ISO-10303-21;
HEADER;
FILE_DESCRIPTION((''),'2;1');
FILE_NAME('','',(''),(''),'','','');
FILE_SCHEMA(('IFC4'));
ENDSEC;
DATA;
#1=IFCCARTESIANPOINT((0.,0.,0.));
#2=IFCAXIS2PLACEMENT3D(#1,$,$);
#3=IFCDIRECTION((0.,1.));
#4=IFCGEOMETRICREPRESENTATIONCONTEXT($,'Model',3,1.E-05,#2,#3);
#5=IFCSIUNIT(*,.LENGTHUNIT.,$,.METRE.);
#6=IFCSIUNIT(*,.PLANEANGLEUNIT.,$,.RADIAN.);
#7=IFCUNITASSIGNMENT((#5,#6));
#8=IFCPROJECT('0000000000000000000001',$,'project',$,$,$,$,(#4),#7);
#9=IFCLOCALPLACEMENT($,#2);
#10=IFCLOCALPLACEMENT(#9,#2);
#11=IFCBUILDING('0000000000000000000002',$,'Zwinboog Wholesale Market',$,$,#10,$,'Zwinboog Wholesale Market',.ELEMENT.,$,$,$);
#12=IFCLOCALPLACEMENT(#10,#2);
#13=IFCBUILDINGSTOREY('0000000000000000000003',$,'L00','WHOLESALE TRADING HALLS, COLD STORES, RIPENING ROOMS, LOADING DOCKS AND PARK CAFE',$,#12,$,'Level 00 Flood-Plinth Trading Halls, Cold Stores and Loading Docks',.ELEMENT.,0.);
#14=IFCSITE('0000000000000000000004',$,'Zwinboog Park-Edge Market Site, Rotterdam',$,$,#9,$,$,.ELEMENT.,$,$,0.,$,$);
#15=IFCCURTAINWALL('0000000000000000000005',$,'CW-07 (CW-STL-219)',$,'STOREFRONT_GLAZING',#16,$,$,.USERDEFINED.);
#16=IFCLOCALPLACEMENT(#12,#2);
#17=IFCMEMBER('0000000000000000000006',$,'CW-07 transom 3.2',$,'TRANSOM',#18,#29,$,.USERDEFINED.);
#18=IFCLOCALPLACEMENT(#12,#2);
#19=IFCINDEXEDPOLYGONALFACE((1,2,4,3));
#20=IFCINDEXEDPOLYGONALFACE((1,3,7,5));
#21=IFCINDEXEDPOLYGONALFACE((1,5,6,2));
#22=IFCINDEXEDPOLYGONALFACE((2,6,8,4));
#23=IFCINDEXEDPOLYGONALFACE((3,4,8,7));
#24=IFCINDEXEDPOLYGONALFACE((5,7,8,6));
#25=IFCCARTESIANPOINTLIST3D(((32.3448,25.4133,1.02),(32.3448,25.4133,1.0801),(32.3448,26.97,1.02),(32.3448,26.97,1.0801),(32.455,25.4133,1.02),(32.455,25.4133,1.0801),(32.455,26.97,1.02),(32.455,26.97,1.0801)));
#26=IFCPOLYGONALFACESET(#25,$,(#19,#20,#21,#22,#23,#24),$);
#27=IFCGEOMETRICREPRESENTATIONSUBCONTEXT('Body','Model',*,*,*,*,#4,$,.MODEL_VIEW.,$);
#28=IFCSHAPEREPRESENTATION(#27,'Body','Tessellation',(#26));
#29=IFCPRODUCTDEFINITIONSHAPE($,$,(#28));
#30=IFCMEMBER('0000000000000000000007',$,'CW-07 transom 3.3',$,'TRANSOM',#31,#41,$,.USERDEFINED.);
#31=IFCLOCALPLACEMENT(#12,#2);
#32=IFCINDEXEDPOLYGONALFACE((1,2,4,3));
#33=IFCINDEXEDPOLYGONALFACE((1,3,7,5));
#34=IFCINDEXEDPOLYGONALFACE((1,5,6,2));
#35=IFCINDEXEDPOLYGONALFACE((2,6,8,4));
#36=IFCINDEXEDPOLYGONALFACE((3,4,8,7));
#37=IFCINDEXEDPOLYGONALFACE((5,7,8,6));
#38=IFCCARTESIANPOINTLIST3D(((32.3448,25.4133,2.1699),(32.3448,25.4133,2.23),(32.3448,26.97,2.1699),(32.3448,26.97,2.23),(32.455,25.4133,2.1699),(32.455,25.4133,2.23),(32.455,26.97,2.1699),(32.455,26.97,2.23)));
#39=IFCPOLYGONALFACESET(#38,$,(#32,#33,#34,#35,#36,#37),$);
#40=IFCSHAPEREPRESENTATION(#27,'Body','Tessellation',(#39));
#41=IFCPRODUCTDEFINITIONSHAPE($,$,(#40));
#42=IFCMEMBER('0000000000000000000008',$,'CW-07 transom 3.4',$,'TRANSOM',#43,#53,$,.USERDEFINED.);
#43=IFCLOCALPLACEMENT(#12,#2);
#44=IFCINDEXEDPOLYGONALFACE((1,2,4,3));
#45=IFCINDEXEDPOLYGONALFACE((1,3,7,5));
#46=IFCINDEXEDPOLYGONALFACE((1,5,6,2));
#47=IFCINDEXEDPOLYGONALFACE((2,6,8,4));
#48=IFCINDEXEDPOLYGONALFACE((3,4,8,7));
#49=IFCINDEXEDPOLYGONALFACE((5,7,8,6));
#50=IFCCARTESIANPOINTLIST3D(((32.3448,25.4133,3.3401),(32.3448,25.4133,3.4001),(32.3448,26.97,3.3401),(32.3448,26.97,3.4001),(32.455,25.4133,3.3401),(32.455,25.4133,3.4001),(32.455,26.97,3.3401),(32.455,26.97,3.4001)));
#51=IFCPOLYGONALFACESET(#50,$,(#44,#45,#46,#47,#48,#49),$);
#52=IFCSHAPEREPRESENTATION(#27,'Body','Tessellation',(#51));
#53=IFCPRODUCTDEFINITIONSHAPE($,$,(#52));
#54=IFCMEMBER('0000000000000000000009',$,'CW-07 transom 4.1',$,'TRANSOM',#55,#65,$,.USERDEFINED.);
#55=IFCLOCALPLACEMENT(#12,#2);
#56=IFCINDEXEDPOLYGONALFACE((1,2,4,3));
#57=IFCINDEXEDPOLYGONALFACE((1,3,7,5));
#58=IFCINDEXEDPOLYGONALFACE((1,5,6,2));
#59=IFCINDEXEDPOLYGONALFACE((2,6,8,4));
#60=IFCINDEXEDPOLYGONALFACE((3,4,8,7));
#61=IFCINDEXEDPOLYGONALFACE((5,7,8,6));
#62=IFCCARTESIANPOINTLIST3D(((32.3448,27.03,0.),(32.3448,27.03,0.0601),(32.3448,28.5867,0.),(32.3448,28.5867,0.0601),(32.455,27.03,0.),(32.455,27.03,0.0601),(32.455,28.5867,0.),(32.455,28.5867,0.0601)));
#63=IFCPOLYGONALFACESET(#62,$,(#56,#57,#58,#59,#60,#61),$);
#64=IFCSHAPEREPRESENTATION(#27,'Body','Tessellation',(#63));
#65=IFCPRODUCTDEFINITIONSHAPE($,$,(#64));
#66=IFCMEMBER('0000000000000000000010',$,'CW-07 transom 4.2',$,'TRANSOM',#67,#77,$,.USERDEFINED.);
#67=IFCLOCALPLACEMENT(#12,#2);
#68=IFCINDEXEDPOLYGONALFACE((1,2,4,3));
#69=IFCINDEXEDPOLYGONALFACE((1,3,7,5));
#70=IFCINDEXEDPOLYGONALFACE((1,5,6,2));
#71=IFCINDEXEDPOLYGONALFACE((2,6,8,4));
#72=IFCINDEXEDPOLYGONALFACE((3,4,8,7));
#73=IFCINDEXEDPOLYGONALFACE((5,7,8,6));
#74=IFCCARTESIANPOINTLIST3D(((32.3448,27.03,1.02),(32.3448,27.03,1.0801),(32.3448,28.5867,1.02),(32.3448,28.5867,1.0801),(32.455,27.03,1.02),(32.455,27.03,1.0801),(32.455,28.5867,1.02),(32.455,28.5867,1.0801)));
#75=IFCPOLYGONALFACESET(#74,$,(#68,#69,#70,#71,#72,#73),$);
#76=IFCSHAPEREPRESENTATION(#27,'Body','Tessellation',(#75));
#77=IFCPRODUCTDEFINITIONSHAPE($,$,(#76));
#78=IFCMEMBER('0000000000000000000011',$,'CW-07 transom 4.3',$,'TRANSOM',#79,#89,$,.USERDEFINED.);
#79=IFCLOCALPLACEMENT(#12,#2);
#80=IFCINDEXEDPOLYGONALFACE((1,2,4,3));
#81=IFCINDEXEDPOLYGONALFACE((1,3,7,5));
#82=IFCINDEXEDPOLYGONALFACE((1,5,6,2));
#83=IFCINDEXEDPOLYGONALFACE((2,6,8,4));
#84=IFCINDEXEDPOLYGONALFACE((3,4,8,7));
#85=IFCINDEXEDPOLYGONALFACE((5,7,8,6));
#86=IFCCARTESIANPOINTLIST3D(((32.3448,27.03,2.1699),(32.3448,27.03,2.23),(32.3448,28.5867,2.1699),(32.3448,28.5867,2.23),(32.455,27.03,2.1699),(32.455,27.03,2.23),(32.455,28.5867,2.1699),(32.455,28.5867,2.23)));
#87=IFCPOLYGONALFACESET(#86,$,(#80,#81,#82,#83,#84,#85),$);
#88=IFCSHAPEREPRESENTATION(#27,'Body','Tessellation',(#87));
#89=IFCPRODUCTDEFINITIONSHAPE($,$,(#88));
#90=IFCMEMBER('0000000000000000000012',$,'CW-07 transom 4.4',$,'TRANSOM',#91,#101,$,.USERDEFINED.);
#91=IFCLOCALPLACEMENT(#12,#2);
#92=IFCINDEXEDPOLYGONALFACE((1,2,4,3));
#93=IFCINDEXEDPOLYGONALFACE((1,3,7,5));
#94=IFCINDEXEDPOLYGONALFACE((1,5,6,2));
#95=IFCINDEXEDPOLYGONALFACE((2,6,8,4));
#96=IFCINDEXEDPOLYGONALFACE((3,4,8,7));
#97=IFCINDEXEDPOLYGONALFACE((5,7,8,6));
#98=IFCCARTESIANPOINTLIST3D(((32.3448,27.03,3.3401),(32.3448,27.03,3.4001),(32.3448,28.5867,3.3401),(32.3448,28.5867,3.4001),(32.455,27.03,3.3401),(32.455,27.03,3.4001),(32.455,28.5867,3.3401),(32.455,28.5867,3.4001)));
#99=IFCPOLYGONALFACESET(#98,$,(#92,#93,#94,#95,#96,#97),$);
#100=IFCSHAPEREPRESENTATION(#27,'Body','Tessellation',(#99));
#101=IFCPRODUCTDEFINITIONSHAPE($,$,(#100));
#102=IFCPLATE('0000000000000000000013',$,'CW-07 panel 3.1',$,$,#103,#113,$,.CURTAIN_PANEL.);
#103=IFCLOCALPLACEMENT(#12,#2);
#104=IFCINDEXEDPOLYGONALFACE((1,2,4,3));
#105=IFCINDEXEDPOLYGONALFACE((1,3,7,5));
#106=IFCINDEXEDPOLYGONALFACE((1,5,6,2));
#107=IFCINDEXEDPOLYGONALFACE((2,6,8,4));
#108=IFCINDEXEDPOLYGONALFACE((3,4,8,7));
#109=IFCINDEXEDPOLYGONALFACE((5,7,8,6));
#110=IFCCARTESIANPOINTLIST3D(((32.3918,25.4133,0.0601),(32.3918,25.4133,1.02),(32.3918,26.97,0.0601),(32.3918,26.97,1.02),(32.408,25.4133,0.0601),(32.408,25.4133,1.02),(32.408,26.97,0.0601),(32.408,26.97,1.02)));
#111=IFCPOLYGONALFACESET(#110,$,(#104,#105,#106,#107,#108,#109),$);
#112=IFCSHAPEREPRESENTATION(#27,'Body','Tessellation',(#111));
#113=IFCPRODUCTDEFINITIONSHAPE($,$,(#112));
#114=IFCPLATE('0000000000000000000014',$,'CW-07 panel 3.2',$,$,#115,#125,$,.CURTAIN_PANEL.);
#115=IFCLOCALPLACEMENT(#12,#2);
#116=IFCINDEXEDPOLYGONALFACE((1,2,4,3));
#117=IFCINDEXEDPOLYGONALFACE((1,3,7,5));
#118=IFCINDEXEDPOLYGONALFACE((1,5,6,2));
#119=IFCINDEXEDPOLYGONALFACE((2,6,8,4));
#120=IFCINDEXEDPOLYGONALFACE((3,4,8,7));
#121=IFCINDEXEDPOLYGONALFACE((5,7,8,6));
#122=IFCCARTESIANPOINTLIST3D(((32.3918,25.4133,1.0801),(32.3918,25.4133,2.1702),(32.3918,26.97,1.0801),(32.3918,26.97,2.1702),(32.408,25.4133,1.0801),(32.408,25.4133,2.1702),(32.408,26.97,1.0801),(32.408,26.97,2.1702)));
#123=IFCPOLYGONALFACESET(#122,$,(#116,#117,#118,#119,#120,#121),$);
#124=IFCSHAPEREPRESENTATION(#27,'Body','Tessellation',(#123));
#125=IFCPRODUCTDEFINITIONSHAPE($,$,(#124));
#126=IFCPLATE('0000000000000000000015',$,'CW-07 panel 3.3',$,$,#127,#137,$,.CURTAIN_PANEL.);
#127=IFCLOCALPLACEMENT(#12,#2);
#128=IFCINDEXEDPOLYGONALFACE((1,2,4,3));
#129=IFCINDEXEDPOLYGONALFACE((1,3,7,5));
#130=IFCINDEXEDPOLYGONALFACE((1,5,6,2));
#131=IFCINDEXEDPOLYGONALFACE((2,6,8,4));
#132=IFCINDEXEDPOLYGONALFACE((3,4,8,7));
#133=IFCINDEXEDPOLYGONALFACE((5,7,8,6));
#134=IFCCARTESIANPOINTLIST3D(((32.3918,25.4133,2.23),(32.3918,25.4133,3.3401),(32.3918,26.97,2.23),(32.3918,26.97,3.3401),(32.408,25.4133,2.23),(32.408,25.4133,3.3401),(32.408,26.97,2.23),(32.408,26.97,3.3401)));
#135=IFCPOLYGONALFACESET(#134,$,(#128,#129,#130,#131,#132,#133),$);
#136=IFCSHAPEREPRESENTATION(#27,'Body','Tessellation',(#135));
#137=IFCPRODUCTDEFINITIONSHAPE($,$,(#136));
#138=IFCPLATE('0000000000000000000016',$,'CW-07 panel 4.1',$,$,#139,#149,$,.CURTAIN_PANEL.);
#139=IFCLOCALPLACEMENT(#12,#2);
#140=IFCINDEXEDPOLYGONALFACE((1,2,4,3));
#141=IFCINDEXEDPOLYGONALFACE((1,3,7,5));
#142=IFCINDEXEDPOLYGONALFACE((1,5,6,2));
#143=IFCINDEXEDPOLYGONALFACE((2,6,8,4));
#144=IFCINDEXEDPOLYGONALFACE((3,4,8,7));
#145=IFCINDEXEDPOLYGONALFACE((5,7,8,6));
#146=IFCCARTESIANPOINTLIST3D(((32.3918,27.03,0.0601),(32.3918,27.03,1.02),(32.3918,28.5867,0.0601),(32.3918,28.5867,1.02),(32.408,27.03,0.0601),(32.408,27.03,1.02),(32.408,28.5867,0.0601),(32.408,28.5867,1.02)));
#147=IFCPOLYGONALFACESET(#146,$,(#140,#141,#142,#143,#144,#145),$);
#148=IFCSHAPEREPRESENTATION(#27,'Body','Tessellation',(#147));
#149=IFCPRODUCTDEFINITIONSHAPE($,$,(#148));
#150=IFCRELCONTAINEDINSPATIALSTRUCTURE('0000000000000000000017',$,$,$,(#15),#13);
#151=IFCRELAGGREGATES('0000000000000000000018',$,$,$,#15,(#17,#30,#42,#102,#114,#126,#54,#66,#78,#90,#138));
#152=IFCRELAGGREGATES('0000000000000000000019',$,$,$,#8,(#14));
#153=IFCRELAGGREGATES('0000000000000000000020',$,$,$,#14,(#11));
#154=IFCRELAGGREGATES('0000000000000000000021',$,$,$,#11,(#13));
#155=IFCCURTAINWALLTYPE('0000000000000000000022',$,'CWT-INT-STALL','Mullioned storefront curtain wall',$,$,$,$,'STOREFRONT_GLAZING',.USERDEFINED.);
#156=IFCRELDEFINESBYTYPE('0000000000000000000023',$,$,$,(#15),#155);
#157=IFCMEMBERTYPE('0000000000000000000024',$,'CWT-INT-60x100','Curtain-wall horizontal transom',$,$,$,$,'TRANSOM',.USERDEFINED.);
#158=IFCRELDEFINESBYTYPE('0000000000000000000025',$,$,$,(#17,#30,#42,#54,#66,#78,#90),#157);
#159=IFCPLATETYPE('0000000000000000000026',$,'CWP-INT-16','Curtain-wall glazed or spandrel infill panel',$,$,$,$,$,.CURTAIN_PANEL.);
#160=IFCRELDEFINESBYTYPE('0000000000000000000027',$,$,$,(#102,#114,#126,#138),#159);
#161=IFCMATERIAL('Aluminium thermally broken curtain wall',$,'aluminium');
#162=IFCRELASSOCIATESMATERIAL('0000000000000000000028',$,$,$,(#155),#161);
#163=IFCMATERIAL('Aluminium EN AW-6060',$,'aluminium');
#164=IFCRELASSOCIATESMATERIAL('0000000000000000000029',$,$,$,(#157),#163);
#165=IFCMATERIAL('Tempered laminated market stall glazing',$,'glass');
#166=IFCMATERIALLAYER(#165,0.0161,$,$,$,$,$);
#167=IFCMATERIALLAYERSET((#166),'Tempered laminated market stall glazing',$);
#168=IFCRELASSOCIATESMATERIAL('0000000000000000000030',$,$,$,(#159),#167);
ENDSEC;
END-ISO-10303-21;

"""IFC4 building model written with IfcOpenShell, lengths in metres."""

from ifc_helpers import new_model, si_unit, direction, frame, origin, origin_2d, place, context, subcontext, project, spatial, rectangle, extrude, material, layer, layer_set, material_profile, profile_set, type_object, element, aggregate, save


model = new_model("IFC4")

# Units and contexts
model_context = context("Model", 3, precision=1e-05, world=origin(), true_north=direction((0.0, 1.0)))
body_context = subcontext(model_context, "Body", "Model", "MODEL_VIEW")
ifc_project = project(units=[si_unit("LENGTHUNIT", "METRE"), si_unit("PLANEANGLEUNIT", "RADIAN")], contexts=[model_context])

# Site, building, storey
site_placement = place(None, origin())
site = spatial("IfcSite", under=ifc_project, at=site_placement, Name="Zwinboog Park-Edge Market Site, Rotterdam", CompositionType="ELEMENT", RefElevation=0.0)
building_placement = place(site_placement, origin())
building = spatial("IfcBuilding", under=site, at=building_placement, Name="Zwinboog Wholesale Market", LongName="Zwinboog Wholesale Market", CompositionType="ELEMENT")
storey_placement = place(building_placement, origin())
storey = spatial("IfcBuildingStorey", under=building, at=storey_placement, Name="L00", Description="WHOLESALE TRADING HALLS, COLD STORES, RIPENING ROOMS, LOADING DOCKS AND PARK CAFE", LongName="Level 00 Flood-Plinth Trading Halls, Cold Stores and Loading Docks", CompositionType="ELEMENT", Elevation=0.0)

# Curtain wall, members, plates
ifc_material_1 = material(Name="Aluminium thermally broken curtain wall", Category="aluminium")
curtain_wall_type = type_object("IfcCurtainWallType", Name="CWT-INT-STALL", Description="Mullioned storefront curtain wall", ElementType="STOREFRONT_GLAZING", PredefinedType="USERDEFINED", material=ifc_material_1)
curtain_wall_placement = place(storey_placement, origin())
curtain_wall = element("IfcCurtainWall", 1, at=curtain_wall_placement, inside=storey, type_object=curtain_wall_type, Name="CW-07 (CW-STL-219)", ObjectType="STOREFRONT_GLAZING", PredefinedType="USERDEFINED")
ifc_material_2 = material(Name="Aluminium EN AW-6060", Category="aluminium")
ifc_material_profile_1 = material_profile(ifc_material_2, rectangle(XDim=0.1101, YDim=0.0601, at=origin_2d()), Name="AL 60x110")
ifc_profile_set_1 = profile_set([ifc_material_profile_1], Name="Aluminium EN AW-6060")
member_type_1 = type_object("IfcMemberType", Name="CWT-INT-60x100", Description="Curtain-wall horizontal transom", ElementType="TRANSOM", PredefinedType="USERDEFINED", material=ifc_profile_set_1)
member_1_placement = place(storey_placement, frame((32.3999, 25.4133, 1.05), z_axis=(0.0, 1.0, 0.0), x_axis=(-1.0, 0.0, 0.0)))
member_1 = element("IfcMember", 2, at=member_1_placement, type_object=member_type_1, Name="CW-07 transom 3.2", ObjectType="TRANSOM", PredefinedType="USERDEFINED", context=body_context, shape_type="SweptSolid", body=[
    extrude(rectangle(XDim=0.1101, YDim=0.0601, at=origin_2d()), origin(), (0.0, 0.0, 1.0), 1.5566),
])
member_2_placement = place(storey_placement, frame((32.3999, 25.4133, 2.2), z_axis=(0.0, 1.0, 0.0), x_axis=(-1.0, 0.0, 0.0)))
member_2 = element("IfcMember", 3, at=member_2_placement, type_object=member_type_1, Name="CW-07 transom 3.3", ObjectType="TRANSOM", PredefinedType="USERDEFINED", context=body_context, shape_type="SweptSolid", body=[
    extrude(rectangle(XDim=0.1101, YDim=0.0601, at=origin_2d()), origin(), (0.0, 0.0, 1.0), 1.5566),
])
member_3_placement = place(storey_placement, frame((32.3999, 25.4133, 3.3701), z_axis=(0.0, 1.0, 0.0), x_axis=(-1.0, 0.0, 0.0)))
member_3 = element("IfcMember", 4, at=member_3_placement, type_object=member_type_1, Name="CW-07 transom 3.4", ObjectType="TRANSOM", PredefinedType="USERDEFINED", context=body_context, shape_type="SweptSolid", body=[
    extrude(rectangle(XDim=0.1101, YDim=0.0601, at=origin_2d()), origin(), (0.0, 0.0, 1.0), 1.5566),
])
member_4_placement = place(storey_placement, frame((32.3999, 27.03, 0.03), z_axis=(0.0, 1.0, 0.0), x_axis=(-1.0, 0.0, 0.0)))
member_4 = element("IfcMember", 5, at=member_4_placement, type_object=member_type_1, Name="CW-07 transom 4.1", ObjectType="TRANSOM", PredefinedType="USERDEFINED", context=body_context, shape_type="SweptSolid", body=[
    extrude(rectangle(XDim=0.1101, YDim=0.0601, at=origin_2d()), origin(), (0.0, 0.0, 1.0), 1.5566),
])
member_5_placement = place(storey_placement, frame((32.3999, 27.03, 1.05), z_axis=(0.0, 1.0, 0.0), x_axis=(-1.0, 0.0, 0.0)))
member_5 = element("IfcMember", 6, at=member_5_placement, type_object=member_type_1, Name="CW-07 transom 4.2", ObjectType="TRANSOM", PredefinedType="USERDEFINED", context=body_context, shape_type="SweptSolid", body=[
    extrude(rectangle(XDim=0.1101, YDim=0.0601, at=origin_2d()), origin(), (0.0, 0.0, 1.0), 1.5566),
])
member_6_placement = place(storey_placement, frame((32.3999, 27.03, 2.2), z_axis=(0.0, 1.0, 0.0), x_axis=(-1.0, 0.0, 0.0)))
member_6 = element("IfcMember", 7, at=member_6_placement, type_object=member_type_1, Name="CW-07 transom 4.3", ObjectType="TRANSOM", PredefinedType="USERDEFINED", context=body_context, shape_type="SweptSolid", body=[
    extrude(rectangle(XDim=0.1101, YDim=0.0601, at=origin_2d()), origin(), (0.0, 0.0, 1.0), 1.5566),
])
member_7_placement = place(storey_placement, frame((32.3999, 27.03, 3.3701), z_axis=(0.0, 1.0, 0.0), x_axis=(-1.0, 0.0, 0.0)))
member_7 = element("IfcMember", 8, at=member_7_placement, type_object=member_type_1, Name="CW-07 transom 4.4", ObjectType="TRANSOM", PredefinedType="USERDEFINED", context=body_context, shape_type="SweptSolid", body=[
    extrude(rectangle(XDim=0.1101, YDim=0.0601, at=origin_2d()), origin(), (0.0, 0.0, 1.0), 1.5566),
])
ifc_material_3 = material(Name="Tempered laminated market stall glazing", Category="glass")
ifc_layer = layer(ifc_material_3, 0.0161)
ifc_layer_set = layer_set([ifc_layer], Name="Tempered laminated market stall glazing")
plate_type = type_object("IfcPlateType", Name="CWP-INT-16", Description="Curtain-wall glazed or spandrel infill panel", PredefinedType="CURTAIN_PANEL", material=ifc_layer_set)
plate_1_placement = place(storey_placement, frame((32.3999, 26.1917, 0.0601), z_axis=(0.0, 0.0, 1.0), x_axis=(0.0, 1.0, 0.0)))
plate_1 = element("IfcPlate", 9, at=plate_1_placement, type_object=plate_type, Name="CW-07 panel 3.1", PredefinedType="CURTAIN_PANEL", context=body_context, shape_type="SweptSolid", body=[
    extrude(rectangle(XDim=1.5566, YDim=0.0161, at=origin_2d()), origin(), (0.0, 0.0, 1.0), 0.96),
])
plate_2_placement = place(storey_placement, frame((32.3999, 26.1917, 1.0801), z_axis=(0.0, 0.0, 1.0), x_axis=(0.0, 1.0, 0.0)))
plate_2 = element("IfcPlate", 10, at=plate_2_placement, type_object=plate_type, Name="CW-07 panel 3.2", PredefinedType="CURTAIN_PANEL", context=body_context, shape_type="SweptSolid", body=[
    extrude(rectangle(XDim=1.5566, YDim=0.0161, at=origin_2d()), origin(), (0.0, 0.0, 1.0), 1.0901),
])
plate_3_placement = place(storey_placement, frame((32.3999, 26.1917, 2.23), z_axis=(0.0, 0.0, 1.0), x_axis=(0.0, 1.0, 0.0)))
plate_3 = element("IfcPlate", 11, at=plate_3_placement, type_object=plate_type, Name="CW-07 panel 3.3", PredefinedType="CURTAIN_PANEL", context=body_context, shape_type="SweptSolid", body=[
    extrude(rectangle(XDim=1.5566, YDim=0.0161, at=origin_2d()), origin(), (0.0, 0.0, 1.0), 1.1101),
])
plate_4_placement = place(storey_placement, frame((32.3999, 27.8083, 0.0601), z_axis=(0.0, 0.0, 1.0), x_axis=(0.0, 1.0, 0.0)))
plate_4 = element("IfcPlate", 12, at=plate_4_placement, type_object=plate_type, Name="CW-07 panel 4.1", PredefinedType="CURTAIN_PANEL", context=body_context, shape_type="SweptSolid", body=[
    extrude(rectangle(XDim=1.5566, YDim=0.0161, at=origin_2d()), origin(), (0.0, 0.0, 1.0), 0.96),
])
aggregate(curtain_wall, [member_1, member_2, member_3, plate_1, plate_2, plate_3, member_4, member_5, member_6, member_7, plate_4])

save(model, "model.ifc")
